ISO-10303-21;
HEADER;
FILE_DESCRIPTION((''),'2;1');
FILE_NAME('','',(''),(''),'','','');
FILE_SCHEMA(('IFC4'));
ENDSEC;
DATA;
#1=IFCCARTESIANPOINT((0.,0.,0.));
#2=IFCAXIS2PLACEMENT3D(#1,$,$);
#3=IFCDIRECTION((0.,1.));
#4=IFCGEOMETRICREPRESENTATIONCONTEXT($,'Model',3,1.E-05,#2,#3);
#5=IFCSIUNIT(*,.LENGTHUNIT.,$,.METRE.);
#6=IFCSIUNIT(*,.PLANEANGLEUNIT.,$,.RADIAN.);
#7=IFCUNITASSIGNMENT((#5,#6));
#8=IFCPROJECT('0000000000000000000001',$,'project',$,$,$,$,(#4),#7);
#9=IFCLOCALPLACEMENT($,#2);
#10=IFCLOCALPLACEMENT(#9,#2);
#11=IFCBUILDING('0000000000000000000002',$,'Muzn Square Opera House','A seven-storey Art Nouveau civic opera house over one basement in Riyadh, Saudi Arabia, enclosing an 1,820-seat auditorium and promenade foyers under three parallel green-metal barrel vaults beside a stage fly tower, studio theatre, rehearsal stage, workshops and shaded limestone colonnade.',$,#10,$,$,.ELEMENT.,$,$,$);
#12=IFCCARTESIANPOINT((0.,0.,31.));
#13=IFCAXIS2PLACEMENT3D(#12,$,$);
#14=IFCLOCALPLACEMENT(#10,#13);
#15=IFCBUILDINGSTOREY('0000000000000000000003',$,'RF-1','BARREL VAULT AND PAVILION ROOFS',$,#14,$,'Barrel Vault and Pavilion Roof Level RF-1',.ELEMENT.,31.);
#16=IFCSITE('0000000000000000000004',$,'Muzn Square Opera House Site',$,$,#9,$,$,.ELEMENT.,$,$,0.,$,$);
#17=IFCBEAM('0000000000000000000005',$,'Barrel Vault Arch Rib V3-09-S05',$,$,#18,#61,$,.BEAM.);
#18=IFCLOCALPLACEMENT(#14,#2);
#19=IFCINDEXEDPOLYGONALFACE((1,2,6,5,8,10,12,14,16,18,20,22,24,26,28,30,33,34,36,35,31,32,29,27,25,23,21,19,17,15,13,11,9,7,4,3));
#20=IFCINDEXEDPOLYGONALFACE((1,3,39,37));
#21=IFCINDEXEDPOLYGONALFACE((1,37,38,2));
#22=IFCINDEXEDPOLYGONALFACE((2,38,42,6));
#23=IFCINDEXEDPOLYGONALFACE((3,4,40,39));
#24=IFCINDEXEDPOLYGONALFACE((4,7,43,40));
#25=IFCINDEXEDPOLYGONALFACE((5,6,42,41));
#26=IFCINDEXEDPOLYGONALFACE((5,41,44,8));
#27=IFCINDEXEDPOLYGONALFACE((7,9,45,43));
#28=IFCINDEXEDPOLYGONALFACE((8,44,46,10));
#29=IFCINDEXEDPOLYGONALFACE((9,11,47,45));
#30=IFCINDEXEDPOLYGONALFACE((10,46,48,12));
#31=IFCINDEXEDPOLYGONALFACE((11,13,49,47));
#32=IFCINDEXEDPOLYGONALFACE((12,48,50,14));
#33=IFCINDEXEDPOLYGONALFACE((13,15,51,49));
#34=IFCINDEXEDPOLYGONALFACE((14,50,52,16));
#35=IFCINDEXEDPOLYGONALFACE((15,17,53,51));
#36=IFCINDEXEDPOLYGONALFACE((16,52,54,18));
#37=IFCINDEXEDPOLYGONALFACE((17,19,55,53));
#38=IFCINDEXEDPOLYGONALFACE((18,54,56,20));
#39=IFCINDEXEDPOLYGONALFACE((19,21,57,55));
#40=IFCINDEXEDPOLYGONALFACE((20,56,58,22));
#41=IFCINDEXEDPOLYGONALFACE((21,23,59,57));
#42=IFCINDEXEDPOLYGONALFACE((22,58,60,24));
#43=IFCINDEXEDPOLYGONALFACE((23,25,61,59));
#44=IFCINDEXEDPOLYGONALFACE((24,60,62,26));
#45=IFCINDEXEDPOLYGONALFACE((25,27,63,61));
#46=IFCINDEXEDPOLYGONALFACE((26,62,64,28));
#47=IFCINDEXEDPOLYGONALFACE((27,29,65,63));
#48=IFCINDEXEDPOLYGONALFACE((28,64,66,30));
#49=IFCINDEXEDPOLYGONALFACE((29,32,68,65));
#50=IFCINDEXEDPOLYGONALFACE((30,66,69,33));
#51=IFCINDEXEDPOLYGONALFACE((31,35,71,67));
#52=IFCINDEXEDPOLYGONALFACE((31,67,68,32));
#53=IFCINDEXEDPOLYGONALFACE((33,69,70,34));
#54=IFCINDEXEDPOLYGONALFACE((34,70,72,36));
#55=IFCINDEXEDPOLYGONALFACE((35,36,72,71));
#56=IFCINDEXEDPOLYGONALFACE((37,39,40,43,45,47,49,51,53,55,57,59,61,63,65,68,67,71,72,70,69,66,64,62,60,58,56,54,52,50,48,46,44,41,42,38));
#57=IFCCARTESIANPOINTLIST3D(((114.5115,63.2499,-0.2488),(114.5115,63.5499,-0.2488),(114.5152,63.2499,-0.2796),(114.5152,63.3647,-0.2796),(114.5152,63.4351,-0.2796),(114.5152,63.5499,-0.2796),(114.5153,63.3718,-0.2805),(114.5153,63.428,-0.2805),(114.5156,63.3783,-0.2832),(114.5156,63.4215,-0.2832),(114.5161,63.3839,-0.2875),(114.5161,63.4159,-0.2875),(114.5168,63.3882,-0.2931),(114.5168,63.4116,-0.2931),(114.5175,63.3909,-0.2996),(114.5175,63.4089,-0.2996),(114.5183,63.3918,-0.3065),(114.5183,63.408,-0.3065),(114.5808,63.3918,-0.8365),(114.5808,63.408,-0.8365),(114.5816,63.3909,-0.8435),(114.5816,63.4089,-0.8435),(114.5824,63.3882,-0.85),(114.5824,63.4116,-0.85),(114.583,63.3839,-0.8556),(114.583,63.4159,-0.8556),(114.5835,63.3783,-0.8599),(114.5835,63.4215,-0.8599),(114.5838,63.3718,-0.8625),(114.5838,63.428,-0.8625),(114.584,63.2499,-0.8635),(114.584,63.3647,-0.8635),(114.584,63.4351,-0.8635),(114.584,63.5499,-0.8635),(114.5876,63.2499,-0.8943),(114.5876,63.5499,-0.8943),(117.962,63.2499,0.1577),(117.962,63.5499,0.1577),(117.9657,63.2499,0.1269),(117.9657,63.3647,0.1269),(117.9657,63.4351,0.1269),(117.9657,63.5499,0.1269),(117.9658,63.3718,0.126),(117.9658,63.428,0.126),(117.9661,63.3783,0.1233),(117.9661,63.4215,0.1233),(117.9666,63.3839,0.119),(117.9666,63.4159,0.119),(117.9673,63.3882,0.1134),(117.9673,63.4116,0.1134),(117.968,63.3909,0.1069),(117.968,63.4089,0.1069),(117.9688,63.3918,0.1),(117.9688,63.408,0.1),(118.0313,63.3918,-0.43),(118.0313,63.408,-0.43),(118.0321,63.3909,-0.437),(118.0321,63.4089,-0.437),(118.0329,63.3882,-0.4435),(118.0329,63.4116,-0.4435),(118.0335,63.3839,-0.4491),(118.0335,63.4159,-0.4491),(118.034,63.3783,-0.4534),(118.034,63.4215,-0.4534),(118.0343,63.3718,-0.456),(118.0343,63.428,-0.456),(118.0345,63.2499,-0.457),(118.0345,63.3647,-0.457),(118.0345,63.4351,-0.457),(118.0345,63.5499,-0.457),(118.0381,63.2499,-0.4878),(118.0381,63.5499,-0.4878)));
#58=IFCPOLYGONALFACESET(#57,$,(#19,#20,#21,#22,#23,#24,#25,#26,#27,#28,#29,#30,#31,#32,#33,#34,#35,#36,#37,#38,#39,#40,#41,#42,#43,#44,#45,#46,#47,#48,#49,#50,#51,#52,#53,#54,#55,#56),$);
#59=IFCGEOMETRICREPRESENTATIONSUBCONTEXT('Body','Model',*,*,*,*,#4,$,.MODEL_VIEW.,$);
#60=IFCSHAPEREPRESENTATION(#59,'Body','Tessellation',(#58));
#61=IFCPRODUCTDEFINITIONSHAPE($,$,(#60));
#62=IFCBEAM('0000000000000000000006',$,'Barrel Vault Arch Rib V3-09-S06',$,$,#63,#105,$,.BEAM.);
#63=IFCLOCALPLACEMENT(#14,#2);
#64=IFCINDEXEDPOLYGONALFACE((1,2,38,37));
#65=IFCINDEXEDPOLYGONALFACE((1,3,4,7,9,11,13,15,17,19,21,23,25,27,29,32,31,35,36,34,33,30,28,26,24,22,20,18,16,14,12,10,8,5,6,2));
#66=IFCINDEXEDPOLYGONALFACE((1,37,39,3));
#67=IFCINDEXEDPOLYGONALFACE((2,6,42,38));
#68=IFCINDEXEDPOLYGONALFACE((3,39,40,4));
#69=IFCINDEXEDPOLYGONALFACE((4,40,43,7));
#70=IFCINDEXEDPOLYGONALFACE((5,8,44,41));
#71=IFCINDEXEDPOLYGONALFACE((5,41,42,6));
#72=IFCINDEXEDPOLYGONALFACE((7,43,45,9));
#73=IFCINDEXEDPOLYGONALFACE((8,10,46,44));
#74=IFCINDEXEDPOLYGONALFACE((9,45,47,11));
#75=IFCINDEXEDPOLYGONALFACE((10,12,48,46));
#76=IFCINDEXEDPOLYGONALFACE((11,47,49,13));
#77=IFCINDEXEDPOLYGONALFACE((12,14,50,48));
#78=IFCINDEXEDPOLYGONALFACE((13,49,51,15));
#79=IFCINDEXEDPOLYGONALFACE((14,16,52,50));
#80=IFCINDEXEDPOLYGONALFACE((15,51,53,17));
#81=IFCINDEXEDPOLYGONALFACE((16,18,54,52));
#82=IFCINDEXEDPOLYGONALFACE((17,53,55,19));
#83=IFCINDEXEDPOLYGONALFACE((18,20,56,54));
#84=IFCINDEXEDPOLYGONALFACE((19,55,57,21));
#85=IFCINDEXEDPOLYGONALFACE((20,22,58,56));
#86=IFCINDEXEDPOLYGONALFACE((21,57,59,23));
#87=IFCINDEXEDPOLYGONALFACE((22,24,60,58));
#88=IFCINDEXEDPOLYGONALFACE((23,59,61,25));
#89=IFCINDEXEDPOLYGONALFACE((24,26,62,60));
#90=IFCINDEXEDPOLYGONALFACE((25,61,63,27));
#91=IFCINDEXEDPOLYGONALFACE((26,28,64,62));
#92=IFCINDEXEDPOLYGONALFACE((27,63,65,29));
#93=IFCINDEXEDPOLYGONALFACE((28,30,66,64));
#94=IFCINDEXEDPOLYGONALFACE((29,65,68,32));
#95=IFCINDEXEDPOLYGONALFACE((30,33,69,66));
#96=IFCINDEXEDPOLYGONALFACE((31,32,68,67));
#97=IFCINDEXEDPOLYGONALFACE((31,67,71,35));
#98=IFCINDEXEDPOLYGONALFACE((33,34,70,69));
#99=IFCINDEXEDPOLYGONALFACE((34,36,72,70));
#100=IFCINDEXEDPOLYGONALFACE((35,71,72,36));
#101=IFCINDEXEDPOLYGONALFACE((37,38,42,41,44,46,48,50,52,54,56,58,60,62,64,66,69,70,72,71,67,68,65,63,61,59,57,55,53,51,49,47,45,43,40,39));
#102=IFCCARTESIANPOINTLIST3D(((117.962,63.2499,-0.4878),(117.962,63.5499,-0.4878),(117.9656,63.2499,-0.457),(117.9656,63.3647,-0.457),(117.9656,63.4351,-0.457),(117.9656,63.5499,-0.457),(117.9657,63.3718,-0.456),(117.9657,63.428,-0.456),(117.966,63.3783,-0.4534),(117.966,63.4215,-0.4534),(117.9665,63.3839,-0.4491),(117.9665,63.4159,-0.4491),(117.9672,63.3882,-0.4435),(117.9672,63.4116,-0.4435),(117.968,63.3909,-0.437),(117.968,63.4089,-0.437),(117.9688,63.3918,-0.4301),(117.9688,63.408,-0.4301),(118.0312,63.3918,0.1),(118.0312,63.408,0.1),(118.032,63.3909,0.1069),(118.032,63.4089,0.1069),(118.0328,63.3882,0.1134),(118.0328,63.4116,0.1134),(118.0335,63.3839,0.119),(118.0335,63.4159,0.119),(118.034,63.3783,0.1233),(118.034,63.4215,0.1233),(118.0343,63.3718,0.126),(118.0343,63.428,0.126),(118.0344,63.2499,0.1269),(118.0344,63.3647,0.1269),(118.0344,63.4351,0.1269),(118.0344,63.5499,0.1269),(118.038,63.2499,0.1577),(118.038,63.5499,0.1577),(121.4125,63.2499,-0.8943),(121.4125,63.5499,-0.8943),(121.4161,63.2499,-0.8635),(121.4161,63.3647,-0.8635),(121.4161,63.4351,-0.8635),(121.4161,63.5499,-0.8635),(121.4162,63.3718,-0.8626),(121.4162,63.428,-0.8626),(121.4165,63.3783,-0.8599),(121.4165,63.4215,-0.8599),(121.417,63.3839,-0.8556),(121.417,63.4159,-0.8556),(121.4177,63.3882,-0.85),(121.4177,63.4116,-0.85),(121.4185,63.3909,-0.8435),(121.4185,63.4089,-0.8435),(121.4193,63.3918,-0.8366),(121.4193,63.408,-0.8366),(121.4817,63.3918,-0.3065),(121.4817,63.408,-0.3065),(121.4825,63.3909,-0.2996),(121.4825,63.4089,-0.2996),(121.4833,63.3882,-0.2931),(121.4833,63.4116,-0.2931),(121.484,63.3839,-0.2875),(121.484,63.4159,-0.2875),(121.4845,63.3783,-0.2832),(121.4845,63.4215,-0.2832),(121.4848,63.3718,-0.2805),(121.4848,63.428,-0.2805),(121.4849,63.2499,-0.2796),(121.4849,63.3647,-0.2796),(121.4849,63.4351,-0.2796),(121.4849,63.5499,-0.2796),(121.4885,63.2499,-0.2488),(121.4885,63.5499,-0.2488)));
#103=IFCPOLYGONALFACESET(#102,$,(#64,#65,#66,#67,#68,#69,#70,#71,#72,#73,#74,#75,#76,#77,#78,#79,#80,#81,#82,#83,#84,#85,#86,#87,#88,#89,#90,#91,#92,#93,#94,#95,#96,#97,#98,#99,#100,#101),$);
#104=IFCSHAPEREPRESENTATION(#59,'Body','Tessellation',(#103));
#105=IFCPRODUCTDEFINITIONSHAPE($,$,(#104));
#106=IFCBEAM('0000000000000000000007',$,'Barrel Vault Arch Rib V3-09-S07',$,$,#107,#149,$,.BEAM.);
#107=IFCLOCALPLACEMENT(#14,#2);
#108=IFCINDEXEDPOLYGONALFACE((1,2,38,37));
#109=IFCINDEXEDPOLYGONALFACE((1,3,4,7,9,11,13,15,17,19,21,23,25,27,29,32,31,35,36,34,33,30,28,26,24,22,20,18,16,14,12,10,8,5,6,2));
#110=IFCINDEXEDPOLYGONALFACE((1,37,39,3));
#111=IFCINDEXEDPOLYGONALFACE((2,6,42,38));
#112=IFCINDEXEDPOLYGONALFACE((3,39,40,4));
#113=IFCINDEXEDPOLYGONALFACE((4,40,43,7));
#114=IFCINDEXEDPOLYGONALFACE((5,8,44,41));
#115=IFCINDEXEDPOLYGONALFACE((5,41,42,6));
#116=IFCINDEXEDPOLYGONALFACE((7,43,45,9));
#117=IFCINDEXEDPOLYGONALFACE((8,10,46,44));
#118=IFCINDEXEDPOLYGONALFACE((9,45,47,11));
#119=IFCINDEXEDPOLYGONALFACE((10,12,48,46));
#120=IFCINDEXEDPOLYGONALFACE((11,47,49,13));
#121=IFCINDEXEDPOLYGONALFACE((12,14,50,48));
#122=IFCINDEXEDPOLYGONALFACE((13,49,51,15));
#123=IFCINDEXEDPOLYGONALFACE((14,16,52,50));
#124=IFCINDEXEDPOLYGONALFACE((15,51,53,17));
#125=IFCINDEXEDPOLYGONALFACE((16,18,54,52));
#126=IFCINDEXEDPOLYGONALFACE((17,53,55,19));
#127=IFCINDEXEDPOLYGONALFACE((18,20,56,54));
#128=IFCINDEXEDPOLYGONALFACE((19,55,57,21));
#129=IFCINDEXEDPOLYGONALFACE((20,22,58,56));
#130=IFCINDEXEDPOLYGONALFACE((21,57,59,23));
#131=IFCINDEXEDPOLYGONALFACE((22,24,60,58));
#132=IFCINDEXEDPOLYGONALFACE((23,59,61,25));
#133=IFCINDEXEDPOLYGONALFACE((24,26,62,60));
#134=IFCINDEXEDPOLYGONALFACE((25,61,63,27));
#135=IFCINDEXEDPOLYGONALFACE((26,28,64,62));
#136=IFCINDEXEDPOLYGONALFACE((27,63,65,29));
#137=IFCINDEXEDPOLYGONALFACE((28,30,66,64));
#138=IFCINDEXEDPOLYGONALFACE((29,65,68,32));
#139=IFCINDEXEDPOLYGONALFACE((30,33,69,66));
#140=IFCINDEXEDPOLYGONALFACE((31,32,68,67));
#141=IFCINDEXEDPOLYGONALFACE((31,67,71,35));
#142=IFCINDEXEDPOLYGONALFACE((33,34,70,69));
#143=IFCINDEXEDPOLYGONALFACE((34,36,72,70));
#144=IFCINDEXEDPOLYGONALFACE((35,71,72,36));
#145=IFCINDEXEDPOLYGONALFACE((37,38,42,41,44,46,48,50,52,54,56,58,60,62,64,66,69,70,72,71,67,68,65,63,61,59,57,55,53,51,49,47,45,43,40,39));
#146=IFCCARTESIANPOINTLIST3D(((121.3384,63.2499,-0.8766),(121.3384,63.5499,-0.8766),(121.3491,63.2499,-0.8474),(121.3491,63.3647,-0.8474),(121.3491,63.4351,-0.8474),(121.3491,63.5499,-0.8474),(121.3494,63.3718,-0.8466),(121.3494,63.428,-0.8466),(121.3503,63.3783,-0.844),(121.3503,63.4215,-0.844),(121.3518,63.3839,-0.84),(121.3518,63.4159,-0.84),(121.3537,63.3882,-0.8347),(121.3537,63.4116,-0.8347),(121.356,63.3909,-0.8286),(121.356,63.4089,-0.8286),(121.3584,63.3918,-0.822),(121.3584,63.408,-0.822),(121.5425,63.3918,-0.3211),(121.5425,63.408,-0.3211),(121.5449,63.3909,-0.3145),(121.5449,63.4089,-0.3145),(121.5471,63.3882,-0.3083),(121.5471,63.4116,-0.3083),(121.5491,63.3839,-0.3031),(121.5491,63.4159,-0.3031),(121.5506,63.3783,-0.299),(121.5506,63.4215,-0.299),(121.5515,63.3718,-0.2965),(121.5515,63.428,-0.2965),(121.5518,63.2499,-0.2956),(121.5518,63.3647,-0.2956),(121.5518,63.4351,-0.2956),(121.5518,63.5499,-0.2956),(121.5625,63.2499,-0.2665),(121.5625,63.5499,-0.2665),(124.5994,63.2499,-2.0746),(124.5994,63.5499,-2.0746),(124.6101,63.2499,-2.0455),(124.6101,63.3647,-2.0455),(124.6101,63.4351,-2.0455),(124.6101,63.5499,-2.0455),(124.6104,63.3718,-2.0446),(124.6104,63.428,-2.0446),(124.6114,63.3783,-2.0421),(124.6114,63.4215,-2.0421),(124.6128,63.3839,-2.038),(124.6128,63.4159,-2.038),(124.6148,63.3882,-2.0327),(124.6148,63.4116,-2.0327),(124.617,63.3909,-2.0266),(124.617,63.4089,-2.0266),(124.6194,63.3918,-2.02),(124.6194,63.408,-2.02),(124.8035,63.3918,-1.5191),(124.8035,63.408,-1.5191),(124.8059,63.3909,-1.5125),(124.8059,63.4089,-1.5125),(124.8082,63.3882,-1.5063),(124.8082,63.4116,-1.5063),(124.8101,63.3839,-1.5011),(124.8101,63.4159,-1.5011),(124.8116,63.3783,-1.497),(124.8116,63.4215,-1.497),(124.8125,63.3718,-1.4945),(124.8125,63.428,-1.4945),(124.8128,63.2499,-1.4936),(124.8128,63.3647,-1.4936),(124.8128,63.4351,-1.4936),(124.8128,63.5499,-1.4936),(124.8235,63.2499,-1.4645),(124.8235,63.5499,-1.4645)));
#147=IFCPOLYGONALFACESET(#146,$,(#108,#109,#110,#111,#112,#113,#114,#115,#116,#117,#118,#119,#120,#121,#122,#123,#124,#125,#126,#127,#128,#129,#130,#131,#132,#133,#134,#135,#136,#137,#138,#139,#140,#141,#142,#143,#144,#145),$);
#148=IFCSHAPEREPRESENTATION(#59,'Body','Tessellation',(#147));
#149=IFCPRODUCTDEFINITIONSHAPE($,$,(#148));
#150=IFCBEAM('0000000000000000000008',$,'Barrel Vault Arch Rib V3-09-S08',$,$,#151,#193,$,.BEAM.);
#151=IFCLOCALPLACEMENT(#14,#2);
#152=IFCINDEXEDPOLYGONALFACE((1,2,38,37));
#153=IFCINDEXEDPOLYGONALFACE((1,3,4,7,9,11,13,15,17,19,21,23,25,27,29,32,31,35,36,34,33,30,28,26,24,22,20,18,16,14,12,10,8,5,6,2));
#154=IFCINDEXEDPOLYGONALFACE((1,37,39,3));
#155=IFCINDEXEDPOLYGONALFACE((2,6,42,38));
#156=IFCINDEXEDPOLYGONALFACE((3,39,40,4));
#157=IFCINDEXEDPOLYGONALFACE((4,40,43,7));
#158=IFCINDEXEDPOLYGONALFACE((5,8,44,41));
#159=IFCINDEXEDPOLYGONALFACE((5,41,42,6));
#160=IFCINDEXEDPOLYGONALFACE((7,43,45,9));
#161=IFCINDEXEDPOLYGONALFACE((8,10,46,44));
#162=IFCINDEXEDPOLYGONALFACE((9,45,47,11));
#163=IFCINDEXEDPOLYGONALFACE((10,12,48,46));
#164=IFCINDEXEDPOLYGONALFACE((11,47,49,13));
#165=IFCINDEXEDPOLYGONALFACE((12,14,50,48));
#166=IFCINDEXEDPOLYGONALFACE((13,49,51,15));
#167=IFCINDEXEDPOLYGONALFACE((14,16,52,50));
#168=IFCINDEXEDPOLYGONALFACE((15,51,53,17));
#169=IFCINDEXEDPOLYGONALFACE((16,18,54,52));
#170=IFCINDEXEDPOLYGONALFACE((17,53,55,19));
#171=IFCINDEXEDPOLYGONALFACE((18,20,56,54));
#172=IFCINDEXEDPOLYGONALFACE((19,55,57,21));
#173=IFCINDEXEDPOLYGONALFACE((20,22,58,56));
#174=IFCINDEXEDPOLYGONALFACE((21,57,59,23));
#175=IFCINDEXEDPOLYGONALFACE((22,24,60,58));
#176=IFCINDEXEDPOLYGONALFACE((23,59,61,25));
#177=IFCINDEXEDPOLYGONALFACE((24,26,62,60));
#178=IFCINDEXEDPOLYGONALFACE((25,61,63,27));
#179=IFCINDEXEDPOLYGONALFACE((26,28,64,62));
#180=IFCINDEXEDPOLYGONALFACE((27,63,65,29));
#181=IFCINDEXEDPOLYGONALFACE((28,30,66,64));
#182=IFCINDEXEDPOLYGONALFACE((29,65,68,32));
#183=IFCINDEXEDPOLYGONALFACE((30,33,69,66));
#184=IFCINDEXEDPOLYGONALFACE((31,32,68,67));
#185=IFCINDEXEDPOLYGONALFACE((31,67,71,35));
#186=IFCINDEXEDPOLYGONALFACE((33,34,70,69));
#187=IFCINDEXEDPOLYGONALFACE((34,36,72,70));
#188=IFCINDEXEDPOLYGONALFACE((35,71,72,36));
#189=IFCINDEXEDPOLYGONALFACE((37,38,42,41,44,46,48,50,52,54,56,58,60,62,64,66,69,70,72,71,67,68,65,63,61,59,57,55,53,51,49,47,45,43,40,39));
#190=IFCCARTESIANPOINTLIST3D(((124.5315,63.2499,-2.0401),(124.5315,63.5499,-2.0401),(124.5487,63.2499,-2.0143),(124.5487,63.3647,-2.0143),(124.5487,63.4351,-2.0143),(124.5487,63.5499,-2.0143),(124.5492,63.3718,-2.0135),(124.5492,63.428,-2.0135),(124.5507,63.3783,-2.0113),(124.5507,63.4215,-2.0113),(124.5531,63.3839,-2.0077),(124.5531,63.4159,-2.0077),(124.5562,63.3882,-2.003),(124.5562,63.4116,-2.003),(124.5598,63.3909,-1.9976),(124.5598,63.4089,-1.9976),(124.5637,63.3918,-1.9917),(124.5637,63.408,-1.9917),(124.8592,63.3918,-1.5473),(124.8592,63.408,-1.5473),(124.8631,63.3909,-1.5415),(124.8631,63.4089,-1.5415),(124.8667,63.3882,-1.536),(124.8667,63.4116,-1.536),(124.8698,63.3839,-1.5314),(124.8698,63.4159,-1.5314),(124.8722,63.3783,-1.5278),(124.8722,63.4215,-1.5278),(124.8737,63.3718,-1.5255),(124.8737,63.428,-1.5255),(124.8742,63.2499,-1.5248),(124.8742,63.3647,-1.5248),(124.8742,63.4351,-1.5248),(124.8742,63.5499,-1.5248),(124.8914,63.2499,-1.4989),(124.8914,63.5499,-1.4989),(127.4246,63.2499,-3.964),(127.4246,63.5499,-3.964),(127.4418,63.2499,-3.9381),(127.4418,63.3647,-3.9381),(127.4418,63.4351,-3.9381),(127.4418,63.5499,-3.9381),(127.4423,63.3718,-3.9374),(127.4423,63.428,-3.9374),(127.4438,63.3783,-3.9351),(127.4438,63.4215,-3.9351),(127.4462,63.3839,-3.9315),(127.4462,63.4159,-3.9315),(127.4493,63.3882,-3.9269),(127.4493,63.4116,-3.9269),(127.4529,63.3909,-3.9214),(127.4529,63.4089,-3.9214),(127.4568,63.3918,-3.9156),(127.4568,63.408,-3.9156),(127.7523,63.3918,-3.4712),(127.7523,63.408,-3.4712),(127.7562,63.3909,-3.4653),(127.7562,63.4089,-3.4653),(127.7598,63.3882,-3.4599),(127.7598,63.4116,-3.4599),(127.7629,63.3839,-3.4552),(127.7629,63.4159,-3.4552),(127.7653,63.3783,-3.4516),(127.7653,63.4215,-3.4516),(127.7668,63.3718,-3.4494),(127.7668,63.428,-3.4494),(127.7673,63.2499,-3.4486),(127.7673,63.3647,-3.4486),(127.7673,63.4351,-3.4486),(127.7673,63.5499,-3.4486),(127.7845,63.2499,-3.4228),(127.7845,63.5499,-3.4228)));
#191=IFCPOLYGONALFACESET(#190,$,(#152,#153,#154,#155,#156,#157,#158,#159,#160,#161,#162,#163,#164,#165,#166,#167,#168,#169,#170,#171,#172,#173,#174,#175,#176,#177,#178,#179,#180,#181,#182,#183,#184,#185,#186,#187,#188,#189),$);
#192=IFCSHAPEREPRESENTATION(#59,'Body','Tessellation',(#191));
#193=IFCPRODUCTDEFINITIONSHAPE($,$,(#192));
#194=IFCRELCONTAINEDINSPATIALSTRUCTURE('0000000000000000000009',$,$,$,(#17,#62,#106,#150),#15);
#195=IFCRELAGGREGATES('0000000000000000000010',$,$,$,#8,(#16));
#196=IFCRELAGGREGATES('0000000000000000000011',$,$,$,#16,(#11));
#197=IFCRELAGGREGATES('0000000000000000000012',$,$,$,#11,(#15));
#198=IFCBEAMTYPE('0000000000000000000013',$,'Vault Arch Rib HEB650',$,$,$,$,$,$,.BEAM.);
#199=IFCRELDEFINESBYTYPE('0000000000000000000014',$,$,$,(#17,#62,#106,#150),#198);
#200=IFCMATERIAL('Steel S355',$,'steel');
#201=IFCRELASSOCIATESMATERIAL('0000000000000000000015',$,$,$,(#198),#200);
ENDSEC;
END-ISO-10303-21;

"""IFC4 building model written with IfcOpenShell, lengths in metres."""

from ifc_helpers import new_model, si_unit, direction, frame, origin, origin_2d, place, context, subcontext, project, spatial, i_section, extrude, material, material_profile, profile_set, type_object, element, save


model = new_model("IFC4")

# Units and contexts
model_context = context("Model", 3, precision=1e-05, world=origin(), true_north=direction((0.0, 1.0)))
body_context = subcontext(model_context, "Body", "Model", "MODEL_VIEW")
ifc_project = project(units=[si_unit("LENGTHUNIT", "METRE"), si_unit("PLANEANGLEUNIT", "RADIAN")], contexts=[model_context])

# Site, building, storey
site_placement = place(None, origin())
site = spatial("IfcSite", under=ifc_project, at=site_placement, Name="Muzn Square Opera House Site", CompositionType="ELEMENT", RefElevation=0.0)
building_placement = place(site_placement, origin())
building = spatial("IfcBuilding", under=site, at=building_placement, Name="Muzn Square Opera House", Description="A seven-storey Art Nouveau civic opera house over one basement in Riyadh, Saudi Arabia, enclosing an 1,820-seat auditorium and promenade foyers under three parallel green-metal barrel vaults beside a stage fly tower, studio theatre, rehearsal stage, workshops and shaded limestone colonnade.", CompositionType="ELEMENT")
storey_placement = place(building_placement, frame((0.0, 0.0, 31.0)))
storey = spatial("IfcBuildingStorey", under=building, at=storey_placement, Name="RF-1", Description="BARREL VAULT AND PAVILION ROOFS", LongName="Barrel Vault and Pavilion Roof Level RF-1", CompositionType="ELEMENT", Elevation=31.0)

# Beams
ifc_material_1 = material(Name="Steel S355", Category="steel")
ifc_material_profile_1 = material_profile(ifc_material_1, i_section(OverallWidth=0.3, OverallDepth=0.6499, WebThickness=0.0161, FlangeThickness=0.031, FilletRadius=0.0271, at=origin_2d()), Name="HEB 650", Category="steel")
ifc_profile_set_1 = profile_set([ifc_material_profile_1], Name="Steel S355")
beam_type_1 = type_object("IfcBeamType", Name="Vault Arch Rib HEB650", PredefinedType="BEAM", material=ifc_profile_set_1)
for number, where, z_axis, x_axis, name in (
    (1, (114.5496, 63.3999, -0.5715), (0.993132, 0.0, 0.117), (0.0, 1.0, 0.0), "Barrel Vault Arch Rib V3-09-S05"),
    (2, (118.0, 63.3999, -0.165), (0.993132, 0.0, -0.117), (0.0, 1.0, 0.0), "Barrel Vault Arch Rib V3-09-S06"),
):
    element("IfcBeam", number, at=place(storey_placement, frame(where, z_axis=z_axis, x_axis=x_axis)), inside=storey, type_object=beam_type_1, Name=name, PredefinedType="BEAM", context=body_context, shape_type="SweptSolid", body=[
        extrude(i_section(OverallWidth=0.3, OverallDepth=0.6499, WebThickness=0.0161, FlangeThickness=0.031, FilletRadius=0.0271, at=origin_2d()), origin(), (0.0, 0.0, 1.0), 3.4744),
    ])
beam_1_placement = place(storey_placement, frame((121.4504, 63.3999, -0.5715), z_axis=(0.938662, 0.0, -0.344839), x_axis=(0.0, 1.0, 0.0)))
element("IfcBeam", 3, at=beam_1_placement, inside=storey, type_object=beam_type_1, Name="Barrel Vault Arch Rib V3-09-S07", PredefinedType="BEAM", context=body_context, shape_type="SweptSolid", body=[
    extrude(i_section(OverallWidth=0.3, OverallDepth=0.6499, WebThickness=0.0161, FlangeThickness=0.031, FilletRadius=0.0271, at=origin_2d()), origin(), (0.0, 0.0, 1.0), 3.4741),
])
for number, where, z_axis, x_axis, name in (
    (4, (124.7114, 63.3999, -1.7695), (0.832698, 0.0, -0.553727), (0.0, 1.0, 0.0), "Barrel Vault Arch Rib V3-09-S08"),
):
    element("IfcBeam", number, at=place(storey_placement, frame(where, z_axis=z_axis, x_axis=x_axis)), inside=storey, type_object=beam_type_1, Name=name, PredefinedType="BEAM", context=body_context, shape_type="SweptSolid", body=[
        extrude(i_section(OverallWidth=0.3, OverallDepth=0.6499, WebThickness=0.0161, FlangeThickness=0.031, FilletRadius=0.0271, at=origin_2d()), origin(), (0.0, 0.0, 1.0), 3.4744),
    ])

save(model, "model.ifc")
